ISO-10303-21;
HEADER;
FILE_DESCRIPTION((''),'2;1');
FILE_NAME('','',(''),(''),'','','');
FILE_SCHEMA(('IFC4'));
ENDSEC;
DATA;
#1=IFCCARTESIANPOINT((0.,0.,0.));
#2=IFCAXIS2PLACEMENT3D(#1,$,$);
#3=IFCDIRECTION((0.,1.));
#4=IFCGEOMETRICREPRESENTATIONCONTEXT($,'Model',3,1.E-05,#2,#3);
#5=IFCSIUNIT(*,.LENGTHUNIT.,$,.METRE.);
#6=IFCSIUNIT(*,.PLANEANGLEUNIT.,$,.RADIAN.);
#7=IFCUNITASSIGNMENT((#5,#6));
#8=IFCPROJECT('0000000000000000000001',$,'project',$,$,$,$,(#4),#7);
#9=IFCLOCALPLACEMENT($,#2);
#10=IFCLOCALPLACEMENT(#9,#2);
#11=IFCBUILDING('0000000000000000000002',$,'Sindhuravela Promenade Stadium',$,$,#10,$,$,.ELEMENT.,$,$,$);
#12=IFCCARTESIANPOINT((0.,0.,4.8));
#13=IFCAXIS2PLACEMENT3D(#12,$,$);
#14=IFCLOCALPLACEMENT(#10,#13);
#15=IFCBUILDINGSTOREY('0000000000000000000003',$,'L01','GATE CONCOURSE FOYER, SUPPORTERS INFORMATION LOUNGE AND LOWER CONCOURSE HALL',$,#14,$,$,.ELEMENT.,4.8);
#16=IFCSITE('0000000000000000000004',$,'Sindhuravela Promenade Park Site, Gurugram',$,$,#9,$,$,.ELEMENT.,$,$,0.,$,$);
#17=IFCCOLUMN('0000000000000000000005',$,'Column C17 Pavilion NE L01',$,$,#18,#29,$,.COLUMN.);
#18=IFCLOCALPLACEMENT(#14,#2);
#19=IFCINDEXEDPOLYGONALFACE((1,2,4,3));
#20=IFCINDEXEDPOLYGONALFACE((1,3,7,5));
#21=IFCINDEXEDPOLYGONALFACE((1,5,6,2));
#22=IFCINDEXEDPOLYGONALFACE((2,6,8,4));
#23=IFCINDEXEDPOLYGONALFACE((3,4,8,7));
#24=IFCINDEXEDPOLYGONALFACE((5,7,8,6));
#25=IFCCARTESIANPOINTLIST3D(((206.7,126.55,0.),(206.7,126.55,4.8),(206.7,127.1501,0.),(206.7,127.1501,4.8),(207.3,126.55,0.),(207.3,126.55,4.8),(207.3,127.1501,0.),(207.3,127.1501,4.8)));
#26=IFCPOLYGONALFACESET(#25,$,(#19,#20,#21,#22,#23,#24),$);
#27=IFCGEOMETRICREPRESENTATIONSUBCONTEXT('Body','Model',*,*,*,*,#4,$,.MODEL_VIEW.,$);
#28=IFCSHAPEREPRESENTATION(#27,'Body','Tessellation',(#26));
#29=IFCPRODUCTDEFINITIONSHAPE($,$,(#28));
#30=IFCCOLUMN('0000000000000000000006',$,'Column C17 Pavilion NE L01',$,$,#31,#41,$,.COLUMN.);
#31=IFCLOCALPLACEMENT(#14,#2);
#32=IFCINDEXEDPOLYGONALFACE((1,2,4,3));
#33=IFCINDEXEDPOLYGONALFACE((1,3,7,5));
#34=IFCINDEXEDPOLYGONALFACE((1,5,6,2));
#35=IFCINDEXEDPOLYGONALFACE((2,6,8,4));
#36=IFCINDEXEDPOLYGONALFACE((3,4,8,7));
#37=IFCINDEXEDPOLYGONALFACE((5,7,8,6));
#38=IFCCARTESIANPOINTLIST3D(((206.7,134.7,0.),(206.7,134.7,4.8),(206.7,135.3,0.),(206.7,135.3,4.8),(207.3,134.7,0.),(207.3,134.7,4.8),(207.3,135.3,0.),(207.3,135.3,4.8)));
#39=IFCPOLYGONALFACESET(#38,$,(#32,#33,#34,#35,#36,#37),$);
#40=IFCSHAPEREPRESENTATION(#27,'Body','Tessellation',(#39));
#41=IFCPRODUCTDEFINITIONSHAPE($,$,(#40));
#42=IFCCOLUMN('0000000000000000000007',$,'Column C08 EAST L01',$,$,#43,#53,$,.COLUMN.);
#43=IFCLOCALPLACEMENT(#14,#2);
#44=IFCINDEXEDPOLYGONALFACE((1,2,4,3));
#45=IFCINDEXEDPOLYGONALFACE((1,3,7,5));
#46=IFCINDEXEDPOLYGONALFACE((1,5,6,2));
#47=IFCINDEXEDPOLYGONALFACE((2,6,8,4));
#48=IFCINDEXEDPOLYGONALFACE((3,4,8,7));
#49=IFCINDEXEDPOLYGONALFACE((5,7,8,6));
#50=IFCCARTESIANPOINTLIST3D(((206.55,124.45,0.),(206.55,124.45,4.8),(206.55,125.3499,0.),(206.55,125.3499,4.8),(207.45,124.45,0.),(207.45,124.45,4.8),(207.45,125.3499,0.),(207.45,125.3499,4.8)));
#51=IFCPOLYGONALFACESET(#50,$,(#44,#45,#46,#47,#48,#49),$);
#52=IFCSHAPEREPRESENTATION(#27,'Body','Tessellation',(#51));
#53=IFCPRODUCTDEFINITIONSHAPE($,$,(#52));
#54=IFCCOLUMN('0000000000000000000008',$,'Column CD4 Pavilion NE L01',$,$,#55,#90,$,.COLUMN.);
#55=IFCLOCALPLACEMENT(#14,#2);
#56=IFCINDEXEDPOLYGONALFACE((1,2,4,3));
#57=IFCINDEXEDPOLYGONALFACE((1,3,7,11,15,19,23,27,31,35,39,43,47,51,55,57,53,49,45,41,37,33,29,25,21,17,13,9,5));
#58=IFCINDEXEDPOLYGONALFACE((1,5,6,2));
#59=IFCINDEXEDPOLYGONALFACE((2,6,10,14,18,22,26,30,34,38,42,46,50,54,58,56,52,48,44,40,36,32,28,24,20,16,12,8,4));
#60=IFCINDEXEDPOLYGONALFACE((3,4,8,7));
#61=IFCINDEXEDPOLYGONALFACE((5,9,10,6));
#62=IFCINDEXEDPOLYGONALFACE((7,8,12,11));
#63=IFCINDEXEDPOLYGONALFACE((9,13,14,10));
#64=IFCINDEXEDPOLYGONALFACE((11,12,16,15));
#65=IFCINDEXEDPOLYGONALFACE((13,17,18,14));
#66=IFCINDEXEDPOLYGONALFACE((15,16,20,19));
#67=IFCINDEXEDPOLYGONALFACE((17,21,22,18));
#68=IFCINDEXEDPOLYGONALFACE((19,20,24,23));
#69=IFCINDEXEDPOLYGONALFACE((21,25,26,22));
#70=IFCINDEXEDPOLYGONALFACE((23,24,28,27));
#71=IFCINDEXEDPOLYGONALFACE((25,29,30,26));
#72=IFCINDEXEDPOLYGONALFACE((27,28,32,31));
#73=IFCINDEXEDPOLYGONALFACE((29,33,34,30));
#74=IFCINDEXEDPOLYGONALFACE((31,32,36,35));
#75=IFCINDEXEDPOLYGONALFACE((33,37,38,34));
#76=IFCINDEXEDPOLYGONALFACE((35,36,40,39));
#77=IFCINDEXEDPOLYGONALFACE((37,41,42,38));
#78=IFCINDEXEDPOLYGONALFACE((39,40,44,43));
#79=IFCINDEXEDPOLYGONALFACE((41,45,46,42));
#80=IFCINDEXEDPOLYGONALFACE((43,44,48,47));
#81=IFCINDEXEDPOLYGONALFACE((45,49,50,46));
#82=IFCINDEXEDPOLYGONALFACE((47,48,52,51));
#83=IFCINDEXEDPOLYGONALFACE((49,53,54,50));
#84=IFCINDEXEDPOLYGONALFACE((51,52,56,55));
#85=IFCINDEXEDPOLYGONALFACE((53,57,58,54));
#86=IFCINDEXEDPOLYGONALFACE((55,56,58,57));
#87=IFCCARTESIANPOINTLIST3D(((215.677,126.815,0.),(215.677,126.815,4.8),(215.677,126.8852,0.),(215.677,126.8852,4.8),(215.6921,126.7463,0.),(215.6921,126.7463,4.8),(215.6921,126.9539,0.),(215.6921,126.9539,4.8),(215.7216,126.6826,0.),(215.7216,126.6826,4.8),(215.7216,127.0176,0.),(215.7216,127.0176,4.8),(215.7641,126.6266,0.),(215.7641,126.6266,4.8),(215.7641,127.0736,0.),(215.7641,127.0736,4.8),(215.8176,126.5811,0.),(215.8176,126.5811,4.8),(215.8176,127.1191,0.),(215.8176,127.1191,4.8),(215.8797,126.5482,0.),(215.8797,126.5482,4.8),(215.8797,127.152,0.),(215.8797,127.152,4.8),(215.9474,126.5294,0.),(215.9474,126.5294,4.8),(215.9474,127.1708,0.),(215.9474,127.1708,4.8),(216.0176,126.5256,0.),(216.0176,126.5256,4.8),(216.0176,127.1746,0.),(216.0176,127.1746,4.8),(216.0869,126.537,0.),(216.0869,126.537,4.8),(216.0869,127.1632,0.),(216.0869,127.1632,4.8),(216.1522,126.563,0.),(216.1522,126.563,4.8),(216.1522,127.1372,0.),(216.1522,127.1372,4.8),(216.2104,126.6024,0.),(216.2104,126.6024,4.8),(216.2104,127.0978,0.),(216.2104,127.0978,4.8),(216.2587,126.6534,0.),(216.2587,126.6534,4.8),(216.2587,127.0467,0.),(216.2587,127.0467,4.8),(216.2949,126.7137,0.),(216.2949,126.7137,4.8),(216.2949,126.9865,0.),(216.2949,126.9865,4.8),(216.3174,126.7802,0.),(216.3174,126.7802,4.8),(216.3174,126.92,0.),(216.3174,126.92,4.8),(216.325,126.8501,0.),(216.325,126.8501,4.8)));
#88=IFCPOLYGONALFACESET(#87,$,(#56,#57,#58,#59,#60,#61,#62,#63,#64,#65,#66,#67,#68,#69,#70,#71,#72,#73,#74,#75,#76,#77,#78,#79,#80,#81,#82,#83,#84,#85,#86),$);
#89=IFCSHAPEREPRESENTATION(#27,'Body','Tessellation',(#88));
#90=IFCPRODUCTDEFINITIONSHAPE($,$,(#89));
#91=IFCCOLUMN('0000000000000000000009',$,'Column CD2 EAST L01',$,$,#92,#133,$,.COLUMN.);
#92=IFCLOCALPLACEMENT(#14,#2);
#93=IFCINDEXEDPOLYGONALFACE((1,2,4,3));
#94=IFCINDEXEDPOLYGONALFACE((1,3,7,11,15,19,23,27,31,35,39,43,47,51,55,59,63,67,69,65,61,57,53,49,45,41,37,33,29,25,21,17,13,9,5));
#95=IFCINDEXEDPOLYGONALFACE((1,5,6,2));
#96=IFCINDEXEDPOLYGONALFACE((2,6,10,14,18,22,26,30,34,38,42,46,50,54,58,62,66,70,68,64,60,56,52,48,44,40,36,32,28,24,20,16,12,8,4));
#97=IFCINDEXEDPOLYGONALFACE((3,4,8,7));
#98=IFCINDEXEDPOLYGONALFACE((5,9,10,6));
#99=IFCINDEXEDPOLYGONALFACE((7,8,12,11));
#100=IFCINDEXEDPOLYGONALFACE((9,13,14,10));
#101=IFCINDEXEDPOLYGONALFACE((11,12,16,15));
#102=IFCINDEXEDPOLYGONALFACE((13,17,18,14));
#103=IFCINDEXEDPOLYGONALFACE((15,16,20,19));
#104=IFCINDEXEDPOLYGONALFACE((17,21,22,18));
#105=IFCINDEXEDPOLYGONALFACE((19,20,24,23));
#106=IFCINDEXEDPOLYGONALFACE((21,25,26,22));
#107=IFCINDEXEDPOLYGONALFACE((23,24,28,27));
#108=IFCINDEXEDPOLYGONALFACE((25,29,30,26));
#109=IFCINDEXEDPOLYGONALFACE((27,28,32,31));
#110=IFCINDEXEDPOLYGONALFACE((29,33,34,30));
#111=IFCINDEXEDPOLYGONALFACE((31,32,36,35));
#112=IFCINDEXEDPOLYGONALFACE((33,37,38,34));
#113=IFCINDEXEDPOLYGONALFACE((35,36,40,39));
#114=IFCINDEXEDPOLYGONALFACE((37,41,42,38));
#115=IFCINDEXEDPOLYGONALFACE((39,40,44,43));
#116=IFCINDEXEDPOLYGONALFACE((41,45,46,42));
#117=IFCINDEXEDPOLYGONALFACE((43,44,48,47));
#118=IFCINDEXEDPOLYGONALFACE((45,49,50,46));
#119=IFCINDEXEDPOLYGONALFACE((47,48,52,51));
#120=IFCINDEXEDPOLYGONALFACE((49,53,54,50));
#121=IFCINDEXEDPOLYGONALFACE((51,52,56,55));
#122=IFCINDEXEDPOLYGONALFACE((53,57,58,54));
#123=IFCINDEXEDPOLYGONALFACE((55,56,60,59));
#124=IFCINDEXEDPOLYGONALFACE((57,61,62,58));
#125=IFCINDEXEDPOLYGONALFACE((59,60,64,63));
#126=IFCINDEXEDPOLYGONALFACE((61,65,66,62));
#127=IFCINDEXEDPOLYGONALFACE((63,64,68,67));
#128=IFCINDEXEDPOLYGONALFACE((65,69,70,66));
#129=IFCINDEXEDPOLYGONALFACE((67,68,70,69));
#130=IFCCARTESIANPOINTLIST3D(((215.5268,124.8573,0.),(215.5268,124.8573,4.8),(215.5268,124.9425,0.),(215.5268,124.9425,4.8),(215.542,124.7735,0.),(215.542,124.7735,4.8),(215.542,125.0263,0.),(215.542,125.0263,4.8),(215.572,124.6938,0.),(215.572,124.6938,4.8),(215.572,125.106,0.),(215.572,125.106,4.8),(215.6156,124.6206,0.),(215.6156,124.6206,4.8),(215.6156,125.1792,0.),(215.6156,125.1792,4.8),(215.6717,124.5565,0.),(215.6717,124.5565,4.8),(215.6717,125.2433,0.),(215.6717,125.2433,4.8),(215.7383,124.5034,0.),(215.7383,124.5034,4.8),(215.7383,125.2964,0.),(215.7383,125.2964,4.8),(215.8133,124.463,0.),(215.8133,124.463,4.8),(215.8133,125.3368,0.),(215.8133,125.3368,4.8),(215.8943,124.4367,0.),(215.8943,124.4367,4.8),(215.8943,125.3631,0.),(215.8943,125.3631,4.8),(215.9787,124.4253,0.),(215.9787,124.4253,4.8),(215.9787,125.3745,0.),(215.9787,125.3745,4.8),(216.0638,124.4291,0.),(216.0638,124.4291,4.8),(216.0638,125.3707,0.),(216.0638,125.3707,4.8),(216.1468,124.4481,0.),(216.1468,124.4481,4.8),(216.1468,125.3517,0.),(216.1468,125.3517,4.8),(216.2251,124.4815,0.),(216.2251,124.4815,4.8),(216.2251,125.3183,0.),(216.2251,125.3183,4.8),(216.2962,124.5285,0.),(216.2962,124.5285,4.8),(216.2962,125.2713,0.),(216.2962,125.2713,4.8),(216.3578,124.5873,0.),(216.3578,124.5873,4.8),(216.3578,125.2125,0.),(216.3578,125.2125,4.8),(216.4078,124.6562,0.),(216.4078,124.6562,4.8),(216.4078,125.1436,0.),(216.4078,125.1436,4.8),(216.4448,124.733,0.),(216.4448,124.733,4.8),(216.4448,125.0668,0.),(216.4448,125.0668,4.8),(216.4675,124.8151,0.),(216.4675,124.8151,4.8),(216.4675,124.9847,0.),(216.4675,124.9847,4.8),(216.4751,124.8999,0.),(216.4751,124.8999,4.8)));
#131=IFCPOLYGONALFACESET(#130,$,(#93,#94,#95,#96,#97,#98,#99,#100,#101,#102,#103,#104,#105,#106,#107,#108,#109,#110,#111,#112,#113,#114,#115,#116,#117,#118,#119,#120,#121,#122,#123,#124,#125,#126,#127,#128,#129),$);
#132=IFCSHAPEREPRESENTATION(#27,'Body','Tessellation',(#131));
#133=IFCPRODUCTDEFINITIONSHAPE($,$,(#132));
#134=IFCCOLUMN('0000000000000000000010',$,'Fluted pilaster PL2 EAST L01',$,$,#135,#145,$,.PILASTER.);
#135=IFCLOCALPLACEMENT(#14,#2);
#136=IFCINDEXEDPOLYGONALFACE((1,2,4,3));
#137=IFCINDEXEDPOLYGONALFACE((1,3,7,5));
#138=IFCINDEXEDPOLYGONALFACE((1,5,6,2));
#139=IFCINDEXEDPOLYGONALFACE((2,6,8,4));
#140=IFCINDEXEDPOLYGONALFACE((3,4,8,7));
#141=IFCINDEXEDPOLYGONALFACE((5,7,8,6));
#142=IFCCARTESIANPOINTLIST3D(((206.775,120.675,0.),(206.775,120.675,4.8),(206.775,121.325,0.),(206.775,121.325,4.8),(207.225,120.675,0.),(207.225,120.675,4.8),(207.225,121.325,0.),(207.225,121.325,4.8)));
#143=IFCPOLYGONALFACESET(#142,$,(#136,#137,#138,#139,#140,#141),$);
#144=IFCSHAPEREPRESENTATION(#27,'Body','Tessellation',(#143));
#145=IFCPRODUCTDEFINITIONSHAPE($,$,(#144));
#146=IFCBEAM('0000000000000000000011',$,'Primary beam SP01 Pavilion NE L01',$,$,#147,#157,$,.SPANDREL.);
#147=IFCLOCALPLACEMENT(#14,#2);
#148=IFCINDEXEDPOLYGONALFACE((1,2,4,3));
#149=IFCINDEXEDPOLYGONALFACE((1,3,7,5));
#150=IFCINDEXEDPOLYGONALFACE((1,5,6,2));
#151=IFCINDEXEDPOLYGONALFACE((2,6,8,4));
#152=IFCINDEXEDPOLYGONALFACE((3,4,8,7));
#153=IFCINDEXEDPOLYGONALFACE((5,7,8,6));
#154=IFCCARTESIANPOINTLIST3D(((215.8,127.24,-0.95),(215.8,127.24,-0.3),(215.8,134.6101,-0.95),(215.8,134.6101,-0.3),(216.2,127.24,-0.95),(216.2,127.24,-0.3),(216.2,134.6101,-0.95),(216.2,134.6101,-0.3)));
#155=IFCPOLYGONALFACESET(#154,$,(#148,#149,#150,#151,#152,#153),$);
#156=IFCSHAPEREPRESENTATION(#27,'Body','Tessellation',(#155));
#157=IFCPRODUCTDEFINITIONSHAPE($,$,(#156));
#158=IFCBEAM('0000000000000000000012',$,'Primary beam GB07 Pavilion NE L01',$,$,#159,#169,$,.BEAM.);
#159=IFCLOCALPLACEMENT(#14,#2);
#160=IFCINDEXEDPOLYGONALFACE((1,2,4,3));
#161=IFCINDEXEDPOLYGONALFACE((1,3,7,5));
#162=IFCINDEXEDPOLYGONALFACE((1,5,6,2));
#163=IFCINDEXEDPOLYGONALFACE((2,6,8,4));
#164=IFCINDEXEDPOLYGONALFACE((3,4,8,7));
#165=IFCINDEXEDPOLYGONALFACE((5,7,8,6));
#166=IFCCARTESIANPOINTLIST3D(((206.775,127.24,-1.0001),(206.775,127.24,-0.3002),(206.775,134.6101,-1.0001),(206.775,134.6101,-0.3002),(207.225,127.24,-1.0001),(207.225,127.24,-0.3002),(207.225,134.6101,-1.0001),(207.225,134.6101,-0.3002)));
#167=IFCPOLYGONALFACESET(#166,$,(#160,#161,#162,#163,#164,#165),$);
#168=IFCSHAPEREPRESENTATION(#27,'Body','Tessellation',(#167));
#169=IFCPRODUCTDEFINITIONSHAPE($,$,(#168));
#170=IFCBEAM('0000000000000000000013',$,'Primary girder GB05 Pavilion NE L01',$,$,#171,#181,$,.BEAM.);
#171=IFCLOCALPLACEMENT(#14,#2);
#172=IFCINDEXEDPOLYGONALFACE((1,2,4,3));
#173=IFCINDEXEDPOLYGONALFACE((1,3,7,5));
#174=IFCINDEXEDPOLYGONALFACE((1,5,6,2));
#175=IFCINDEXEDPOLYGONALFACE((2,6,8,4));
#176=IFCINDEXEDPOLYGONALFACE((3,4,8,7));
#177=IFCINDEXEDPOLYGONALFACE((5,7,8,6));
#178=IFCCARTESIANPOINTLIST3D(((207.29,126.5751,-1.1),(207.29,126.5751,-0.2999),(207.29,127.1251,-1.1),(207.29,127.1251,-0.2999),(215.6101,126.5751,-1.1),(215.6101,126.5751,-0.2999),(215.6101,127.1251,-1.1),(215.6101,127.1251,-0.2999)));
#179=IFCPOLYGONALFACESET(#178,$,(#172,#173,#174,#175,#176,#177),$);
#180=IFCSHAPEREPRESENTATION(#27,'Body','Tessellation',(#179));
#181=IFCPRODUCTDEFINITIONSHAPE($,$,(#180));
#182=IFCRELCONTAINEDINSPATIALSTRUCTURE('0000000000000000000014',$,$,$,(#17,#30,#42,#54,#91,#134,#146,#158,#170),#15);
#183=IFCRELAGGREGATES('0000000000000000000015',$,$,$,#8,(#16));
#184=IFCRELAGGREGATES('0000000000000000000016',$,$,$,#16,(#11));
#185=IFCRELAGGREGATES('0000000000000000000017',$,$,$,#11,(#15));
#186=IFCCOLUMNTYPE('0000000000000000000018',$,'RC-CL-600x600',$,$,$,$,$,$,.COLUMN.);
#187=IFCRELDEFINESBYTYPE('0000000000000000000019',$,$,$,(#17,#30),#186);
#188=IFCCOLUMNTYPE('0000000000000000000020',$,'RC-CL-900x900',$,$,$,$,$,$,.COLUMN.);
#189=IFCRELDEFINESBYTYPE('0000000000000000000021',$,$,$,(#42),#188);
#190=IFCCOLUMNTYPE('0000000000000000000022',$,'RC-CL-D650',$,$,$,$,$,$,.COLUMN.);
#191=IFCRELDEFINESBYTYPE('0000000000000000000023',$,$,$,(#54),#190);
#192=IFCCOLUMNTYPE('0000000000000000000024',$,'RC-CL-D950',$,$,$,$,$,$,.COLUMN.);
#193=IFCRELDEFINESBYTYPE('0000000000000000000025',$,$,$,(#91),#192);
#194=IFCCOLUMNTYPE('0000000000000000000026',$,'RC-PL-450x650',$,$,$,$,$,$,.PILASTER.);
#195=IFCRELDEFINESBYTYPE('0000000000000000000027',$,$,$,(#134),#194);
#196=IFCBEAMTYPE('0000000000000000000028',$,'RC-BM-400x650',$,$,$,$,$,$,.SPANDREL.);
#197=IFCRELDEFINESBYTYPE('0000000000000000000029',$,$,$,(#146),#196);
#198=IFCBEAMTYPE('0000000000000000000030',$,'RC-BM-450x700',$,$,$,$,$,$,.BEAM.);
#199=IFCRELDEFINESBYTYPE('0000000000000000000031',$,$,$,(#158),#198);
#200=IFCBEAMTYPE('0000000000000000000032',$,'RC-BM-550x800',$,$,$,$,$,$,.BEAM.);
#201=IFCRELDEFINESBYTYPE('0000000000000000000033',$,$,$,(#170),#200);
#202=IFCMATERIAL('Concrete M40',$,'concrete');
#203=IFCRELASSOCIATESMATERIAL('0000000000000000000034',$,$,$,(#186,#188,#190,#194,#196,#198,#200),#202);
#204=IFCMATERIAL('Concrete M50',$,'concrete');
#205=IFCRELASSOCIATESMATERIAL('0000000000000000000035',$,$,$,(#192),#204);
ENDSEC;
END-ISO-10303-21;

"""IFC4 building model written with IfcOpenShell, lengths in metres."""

from ifc_helpers import new_model, si_unit, direction, frame, origin, origin_2d, place, context, subcontext, project, spatial, rectangle, circle, extrude, material, material_profile, profile_set, type_object, element, save


model = new_model("IFC4")

# Units and contexts
model_context = context("Model", 3, precision=1e-05, world=origin(), true_north=direction((0.0, 1.0)))
body_context = subcontext(model_context, "Body", "Model", "MODEL_VIEW")
ifc_project = project(units=[si_unit("LENGTHUNIT", "METRE"), si_unit("PLANEANGLEUNIT", "RADIAN")], contexts=[model_context])

# Site, building, storey
site_placement = place(None, origin())
site = spatial("IfcSite", under=ifc_project, at=site_placement, Name="Sindhuravela Promenade Park Site, Gurugram", CompositionType="ELEMENT", RefElevation=0.0)
building_placement = place(site_placement, origin())
building = spatial("IfcBuilding", under=site, at=building_placement, Name="Sindhuravela Promenade Stadium", CompositionType="ELEMENT")
storey_placement = place(building_placement, frame((0.0, 0.0, 4.8)))
storey = spatial("IfcBuildingStorey", under=building, at=storey_placement, Name="L01", Description="GATE CONCOURSE FOYER, SUPPORTERS INFORMATION LOUNGE AND LOWER CONCOURSE HALL", CompositionType="ELEMENT", Elevation=4.8)

# Columns
ifc_material_1 = material(Name="Concrete M40", Category="concrete")
ifc_material_profile_1 = material_profile(ifc_material_1, rectangle(XDim=0.6001, YDim=0.6001, at=origin_2d()), Name="RC 600x600")
ifc_profile_set_1 = profile_set([ifc_material_profile_1], Name="Concrete M40")
column_type_1 = type_object("IfcColumnType", Name="RC-CL-600x600", PredefinedType="COLUMN", material=ifc_profile_set_1)
for number, where, z_axis, x_axis, name in (
    (1, (207.0, 126.8501, 0.0), (0.0, 0.0, 1.0), (1.0, 0.0, 0.0), "Column C17 Pavilion NE L01"),
    (2, (207.0, 135.0, 0.0), (0.0, 0.0, 1.0), (1.0, 0.0, 0.0), "Column C17 Pavilion NE L01"),
):
    element("IfcColumn", number, at=place(storey_placement, frame(where, z_axis=z_axis, x_axis=x_axis)), inside=storey, type_object=column_type_1, Name=name, PredefinedType="COLUMN", context=body_context, shape_type="SweptSolid", body=[
        extrude(rectangle(XDim=0.6001, YDim=0.6001, at=origin_2d()), origin(), (0.0, 0.0, 1.0), 4.8),
    ])
ifc_material_profile_2 = material_profile(ifc_material_1, rectangle(XDim=0.8999, YDim=0.8999, at=origin_2d()), Name="RC 900x900")
ifc_profile_set_2 = profile_set([ifc_material_profile_2], Name="Concrete M40")
column_type_2 = type_object("IfcColumnType", Name="RC-CL-900x900", PredefinedType="COLUMN", material=ifc_profile_set_2)
column_1_placement = place(storey_placement, frame((207.0, 124.8999, 0.0), z_axis=(0.0, 0.0, 1.0), x_axis=(1.0, 0.0, 0.0)))
element("IfcColumn", 3, at=column_1_placement, inside=storey, type_object=column_type_2, Name="Column C08 EAST L01", PredefinedType="COLUMN", context=body_context, shape_type="SweptSolid", body=[
    extrude(rectangle(XDim=0.8999, YDim=0.8999, at=origin_2d()), origin(), (0.0, 0.0, 1.0), 4.8),
])
ifc_material_profile_3 = material_profile(ifc_material_1, circle(Radius=0.325, at=origin_2d()), Name="RC D650")
ifc_profile_set_3 = profile_set([ifc_material_profile_3], Name="Concrete M40")
column_type_3 = type_object("IfcColumnType", Name="RC-CL-D650", PredefinedType="COLUMN", material=ifc_profile_set_3)
column_2_placement = place(storey_placement, frame((216.0, 126.8501, 0.0), z_axis=(0.0, 0.0, 1.0), x_axis=(1.0, 0.0, 0.0)))
element("IfcColumn", 4, at=column_2_placement, inside=storey, type_object=column_type_3, Name="Column CD4 Pavilion NE L01", PredefinedType="COLUMN", context=body_context, shape_type="SweptSolid", body=[
    extrude(circle(Radius=0.325, at=origin_2d()), origin(), (0.0, 0.0, 1.0), 4.8),
])
ifc_material_2 = material(Name="Concrete M50", Category="concrete")
ifc_material_profile_4 = material_profile(ifc_material_2, circle(Radius=0.4751, at=origin_2d()), Name="RC D950")
ifc_profile_set_4 = profile_set([ifc_material_profile_4], Name="Concrete M50")
column_type_4 = type_object("IfcColumnType", Name="RC-CL-D950", PredefinedType="COLUMN", material=ifc_profile_set_4)
column_3_placement = place(storey_placement, frame((216.0, 124.8999, 0.0), z_axis=(0.0, 0.0, 1.0), x_axis=(1.0, 0.0, 0.0)))
element("IfcColumn", 5, at=column_3_placement, inside=storey, type_object=column_type_4, Name="Column CD2 EAST L01", PredefinedType="COLUMN", context=body_context, shape_type="SweptSolid", body=[
    extrude(circle(Radius=0.4751, at=origin_2d()), origin(), (0.0, 0.0, 1.0), 4.8),
])
ifc_material_profile_5 = material_profile(ifc_material_1, rectangle(XDim=0.45, YDim=0.6499, at=origin_2d()), Name="PIL 450x650")
ifc_profile_set_5 = profile_set([ifc_material_profile_5], Name="Concrete M40")
column_type_5 = type_object("IfcColumnType", Name="RC-PL-450x650", PredefinedType="PILASTER", material=ifc_profile_set_5)
column_4_placement = place(storey_placement, frame((207.0, 121.0, 0.0), z_axis=(0.0, 0.0, 1.0), x_axis=(1.0, 0.0, 0.0)))
element("IfcColumn", 6, at=column_4_placement, inside=storey, type_object=column_type_5, Name="Fluted pilaster PL2 EAST L01", PredefinedType="PILASTER", context=body_context, shape_type="SweptSolid", body=[
    extrude(rectangle(XDim=0.45, YDim=0.6499, at=origin_2d()), origin(), (0.0, 0.0, 1.0), 4.8),
])

# Beams
ifc_material_profile_6 = material_profile(ifc_material_1, rectangle(XDim=0.3999, YDim=0.6499, at=origin_2d()), Name="RC 400x650")
ifc_profile_set_6 = profile_set([ifc_material_profile_6], Name="Concrete M40")
beam_type_1 = type_object("IfcBeamType", Name="RC-BM-400x650", PredefinedType="SPANDREL", material=ifc_profile_set_6)
beam_1_placement = place(storey_placement, frame((216.0, 127.24, -0.625), z_axis=(0.0, 1.0, 0.0), x_axis=(-1.0, 0.0, 0.0)))
element("IfcBeam", 7, at=beam_1_placement, inside=storey, type_object=beam_type_1, Name="Primary beam SP01 Pavilion NE L01", PredefinedType="SPANDREL", context=body_context, shape_type="SweptSolid", body=[
    extrude(rectangle(XDim=0.3999, YDim=0.6499, at=origin_2d()), origin(), (0.0, 0.0, 1.0), 7.3701),
])
ifc_material_profile_7 = material_profile(ifc_material_1, rectangle(XDim=0.45, YDim=0.7, at=origin_2d()), Name="RC 450x700")
ifc_profile_set_7 = profile_set([ifc_material_profile_7], Name="Concrete M40")
beam_type_2 = type_object("IfcBeamType", Name="RC-BM-450x700", PredefinedType="BEAM", material=ifc_profile_set_7)
beam_2_placement = place(storey_placement, frame((207.0, 127.24, -0.6501), z_axis=(0.0, 1.0, 0.0), x_axis=(-1.0, 0.0, 0.0)))
element("IfcBeam", 8, at=beam_2_placement, inside=storey, type_object=beam_type_2, Name="Primary beam GB07 Pavilion NE L01", PredefinedType="BEAM", context=body_context, shape_type="SweptSolid", body=[
    extrude(rectangle(XDim=0.45, YDim=0.7, at=origin_2d()), origin(), (0.0, 0.0, 1.0), 7.3701),
])
ifc_material_profile_8 = material_profile(ifc_material_1, rectangle(XDim=0.55, YDim=0.8, at=origin_2d()), Name="RC 550x800")
ifc_profile_set_8 = profile_set([ifc_material_profile_8], Name="Concrete M40")
beam_type_3 = type_object("IfcBeamType", Name="RC-BM-550x800", PredefinedType="BEAM", material=ifc_profile_set_8)
for number, where, z_axis, x_axis, name in (
    (9, (207.29, 126.8501, -0.7), (1.0, 0.0, 0.0), (0.0, 1.0, 0.0), "Primary girder GB05 Pavilion NE L01"),
):
    element("IfcBeam", number, at=place(storey_placement, frame(where, z_axis=z_axis, x_axis=x_axis)), inside=storey, type_object=beam_type_3, Name=name, PredefinedType="BEAM", context=body_context, shape_type="SweptSolid", body=[
        extrude(rectangle(XDim=0.55, YDim=0.8, at=origin_2d()), origin(), (0.0, 0.0, 1.0), 8.3201),
    ])

save(model, "model.ifc")
